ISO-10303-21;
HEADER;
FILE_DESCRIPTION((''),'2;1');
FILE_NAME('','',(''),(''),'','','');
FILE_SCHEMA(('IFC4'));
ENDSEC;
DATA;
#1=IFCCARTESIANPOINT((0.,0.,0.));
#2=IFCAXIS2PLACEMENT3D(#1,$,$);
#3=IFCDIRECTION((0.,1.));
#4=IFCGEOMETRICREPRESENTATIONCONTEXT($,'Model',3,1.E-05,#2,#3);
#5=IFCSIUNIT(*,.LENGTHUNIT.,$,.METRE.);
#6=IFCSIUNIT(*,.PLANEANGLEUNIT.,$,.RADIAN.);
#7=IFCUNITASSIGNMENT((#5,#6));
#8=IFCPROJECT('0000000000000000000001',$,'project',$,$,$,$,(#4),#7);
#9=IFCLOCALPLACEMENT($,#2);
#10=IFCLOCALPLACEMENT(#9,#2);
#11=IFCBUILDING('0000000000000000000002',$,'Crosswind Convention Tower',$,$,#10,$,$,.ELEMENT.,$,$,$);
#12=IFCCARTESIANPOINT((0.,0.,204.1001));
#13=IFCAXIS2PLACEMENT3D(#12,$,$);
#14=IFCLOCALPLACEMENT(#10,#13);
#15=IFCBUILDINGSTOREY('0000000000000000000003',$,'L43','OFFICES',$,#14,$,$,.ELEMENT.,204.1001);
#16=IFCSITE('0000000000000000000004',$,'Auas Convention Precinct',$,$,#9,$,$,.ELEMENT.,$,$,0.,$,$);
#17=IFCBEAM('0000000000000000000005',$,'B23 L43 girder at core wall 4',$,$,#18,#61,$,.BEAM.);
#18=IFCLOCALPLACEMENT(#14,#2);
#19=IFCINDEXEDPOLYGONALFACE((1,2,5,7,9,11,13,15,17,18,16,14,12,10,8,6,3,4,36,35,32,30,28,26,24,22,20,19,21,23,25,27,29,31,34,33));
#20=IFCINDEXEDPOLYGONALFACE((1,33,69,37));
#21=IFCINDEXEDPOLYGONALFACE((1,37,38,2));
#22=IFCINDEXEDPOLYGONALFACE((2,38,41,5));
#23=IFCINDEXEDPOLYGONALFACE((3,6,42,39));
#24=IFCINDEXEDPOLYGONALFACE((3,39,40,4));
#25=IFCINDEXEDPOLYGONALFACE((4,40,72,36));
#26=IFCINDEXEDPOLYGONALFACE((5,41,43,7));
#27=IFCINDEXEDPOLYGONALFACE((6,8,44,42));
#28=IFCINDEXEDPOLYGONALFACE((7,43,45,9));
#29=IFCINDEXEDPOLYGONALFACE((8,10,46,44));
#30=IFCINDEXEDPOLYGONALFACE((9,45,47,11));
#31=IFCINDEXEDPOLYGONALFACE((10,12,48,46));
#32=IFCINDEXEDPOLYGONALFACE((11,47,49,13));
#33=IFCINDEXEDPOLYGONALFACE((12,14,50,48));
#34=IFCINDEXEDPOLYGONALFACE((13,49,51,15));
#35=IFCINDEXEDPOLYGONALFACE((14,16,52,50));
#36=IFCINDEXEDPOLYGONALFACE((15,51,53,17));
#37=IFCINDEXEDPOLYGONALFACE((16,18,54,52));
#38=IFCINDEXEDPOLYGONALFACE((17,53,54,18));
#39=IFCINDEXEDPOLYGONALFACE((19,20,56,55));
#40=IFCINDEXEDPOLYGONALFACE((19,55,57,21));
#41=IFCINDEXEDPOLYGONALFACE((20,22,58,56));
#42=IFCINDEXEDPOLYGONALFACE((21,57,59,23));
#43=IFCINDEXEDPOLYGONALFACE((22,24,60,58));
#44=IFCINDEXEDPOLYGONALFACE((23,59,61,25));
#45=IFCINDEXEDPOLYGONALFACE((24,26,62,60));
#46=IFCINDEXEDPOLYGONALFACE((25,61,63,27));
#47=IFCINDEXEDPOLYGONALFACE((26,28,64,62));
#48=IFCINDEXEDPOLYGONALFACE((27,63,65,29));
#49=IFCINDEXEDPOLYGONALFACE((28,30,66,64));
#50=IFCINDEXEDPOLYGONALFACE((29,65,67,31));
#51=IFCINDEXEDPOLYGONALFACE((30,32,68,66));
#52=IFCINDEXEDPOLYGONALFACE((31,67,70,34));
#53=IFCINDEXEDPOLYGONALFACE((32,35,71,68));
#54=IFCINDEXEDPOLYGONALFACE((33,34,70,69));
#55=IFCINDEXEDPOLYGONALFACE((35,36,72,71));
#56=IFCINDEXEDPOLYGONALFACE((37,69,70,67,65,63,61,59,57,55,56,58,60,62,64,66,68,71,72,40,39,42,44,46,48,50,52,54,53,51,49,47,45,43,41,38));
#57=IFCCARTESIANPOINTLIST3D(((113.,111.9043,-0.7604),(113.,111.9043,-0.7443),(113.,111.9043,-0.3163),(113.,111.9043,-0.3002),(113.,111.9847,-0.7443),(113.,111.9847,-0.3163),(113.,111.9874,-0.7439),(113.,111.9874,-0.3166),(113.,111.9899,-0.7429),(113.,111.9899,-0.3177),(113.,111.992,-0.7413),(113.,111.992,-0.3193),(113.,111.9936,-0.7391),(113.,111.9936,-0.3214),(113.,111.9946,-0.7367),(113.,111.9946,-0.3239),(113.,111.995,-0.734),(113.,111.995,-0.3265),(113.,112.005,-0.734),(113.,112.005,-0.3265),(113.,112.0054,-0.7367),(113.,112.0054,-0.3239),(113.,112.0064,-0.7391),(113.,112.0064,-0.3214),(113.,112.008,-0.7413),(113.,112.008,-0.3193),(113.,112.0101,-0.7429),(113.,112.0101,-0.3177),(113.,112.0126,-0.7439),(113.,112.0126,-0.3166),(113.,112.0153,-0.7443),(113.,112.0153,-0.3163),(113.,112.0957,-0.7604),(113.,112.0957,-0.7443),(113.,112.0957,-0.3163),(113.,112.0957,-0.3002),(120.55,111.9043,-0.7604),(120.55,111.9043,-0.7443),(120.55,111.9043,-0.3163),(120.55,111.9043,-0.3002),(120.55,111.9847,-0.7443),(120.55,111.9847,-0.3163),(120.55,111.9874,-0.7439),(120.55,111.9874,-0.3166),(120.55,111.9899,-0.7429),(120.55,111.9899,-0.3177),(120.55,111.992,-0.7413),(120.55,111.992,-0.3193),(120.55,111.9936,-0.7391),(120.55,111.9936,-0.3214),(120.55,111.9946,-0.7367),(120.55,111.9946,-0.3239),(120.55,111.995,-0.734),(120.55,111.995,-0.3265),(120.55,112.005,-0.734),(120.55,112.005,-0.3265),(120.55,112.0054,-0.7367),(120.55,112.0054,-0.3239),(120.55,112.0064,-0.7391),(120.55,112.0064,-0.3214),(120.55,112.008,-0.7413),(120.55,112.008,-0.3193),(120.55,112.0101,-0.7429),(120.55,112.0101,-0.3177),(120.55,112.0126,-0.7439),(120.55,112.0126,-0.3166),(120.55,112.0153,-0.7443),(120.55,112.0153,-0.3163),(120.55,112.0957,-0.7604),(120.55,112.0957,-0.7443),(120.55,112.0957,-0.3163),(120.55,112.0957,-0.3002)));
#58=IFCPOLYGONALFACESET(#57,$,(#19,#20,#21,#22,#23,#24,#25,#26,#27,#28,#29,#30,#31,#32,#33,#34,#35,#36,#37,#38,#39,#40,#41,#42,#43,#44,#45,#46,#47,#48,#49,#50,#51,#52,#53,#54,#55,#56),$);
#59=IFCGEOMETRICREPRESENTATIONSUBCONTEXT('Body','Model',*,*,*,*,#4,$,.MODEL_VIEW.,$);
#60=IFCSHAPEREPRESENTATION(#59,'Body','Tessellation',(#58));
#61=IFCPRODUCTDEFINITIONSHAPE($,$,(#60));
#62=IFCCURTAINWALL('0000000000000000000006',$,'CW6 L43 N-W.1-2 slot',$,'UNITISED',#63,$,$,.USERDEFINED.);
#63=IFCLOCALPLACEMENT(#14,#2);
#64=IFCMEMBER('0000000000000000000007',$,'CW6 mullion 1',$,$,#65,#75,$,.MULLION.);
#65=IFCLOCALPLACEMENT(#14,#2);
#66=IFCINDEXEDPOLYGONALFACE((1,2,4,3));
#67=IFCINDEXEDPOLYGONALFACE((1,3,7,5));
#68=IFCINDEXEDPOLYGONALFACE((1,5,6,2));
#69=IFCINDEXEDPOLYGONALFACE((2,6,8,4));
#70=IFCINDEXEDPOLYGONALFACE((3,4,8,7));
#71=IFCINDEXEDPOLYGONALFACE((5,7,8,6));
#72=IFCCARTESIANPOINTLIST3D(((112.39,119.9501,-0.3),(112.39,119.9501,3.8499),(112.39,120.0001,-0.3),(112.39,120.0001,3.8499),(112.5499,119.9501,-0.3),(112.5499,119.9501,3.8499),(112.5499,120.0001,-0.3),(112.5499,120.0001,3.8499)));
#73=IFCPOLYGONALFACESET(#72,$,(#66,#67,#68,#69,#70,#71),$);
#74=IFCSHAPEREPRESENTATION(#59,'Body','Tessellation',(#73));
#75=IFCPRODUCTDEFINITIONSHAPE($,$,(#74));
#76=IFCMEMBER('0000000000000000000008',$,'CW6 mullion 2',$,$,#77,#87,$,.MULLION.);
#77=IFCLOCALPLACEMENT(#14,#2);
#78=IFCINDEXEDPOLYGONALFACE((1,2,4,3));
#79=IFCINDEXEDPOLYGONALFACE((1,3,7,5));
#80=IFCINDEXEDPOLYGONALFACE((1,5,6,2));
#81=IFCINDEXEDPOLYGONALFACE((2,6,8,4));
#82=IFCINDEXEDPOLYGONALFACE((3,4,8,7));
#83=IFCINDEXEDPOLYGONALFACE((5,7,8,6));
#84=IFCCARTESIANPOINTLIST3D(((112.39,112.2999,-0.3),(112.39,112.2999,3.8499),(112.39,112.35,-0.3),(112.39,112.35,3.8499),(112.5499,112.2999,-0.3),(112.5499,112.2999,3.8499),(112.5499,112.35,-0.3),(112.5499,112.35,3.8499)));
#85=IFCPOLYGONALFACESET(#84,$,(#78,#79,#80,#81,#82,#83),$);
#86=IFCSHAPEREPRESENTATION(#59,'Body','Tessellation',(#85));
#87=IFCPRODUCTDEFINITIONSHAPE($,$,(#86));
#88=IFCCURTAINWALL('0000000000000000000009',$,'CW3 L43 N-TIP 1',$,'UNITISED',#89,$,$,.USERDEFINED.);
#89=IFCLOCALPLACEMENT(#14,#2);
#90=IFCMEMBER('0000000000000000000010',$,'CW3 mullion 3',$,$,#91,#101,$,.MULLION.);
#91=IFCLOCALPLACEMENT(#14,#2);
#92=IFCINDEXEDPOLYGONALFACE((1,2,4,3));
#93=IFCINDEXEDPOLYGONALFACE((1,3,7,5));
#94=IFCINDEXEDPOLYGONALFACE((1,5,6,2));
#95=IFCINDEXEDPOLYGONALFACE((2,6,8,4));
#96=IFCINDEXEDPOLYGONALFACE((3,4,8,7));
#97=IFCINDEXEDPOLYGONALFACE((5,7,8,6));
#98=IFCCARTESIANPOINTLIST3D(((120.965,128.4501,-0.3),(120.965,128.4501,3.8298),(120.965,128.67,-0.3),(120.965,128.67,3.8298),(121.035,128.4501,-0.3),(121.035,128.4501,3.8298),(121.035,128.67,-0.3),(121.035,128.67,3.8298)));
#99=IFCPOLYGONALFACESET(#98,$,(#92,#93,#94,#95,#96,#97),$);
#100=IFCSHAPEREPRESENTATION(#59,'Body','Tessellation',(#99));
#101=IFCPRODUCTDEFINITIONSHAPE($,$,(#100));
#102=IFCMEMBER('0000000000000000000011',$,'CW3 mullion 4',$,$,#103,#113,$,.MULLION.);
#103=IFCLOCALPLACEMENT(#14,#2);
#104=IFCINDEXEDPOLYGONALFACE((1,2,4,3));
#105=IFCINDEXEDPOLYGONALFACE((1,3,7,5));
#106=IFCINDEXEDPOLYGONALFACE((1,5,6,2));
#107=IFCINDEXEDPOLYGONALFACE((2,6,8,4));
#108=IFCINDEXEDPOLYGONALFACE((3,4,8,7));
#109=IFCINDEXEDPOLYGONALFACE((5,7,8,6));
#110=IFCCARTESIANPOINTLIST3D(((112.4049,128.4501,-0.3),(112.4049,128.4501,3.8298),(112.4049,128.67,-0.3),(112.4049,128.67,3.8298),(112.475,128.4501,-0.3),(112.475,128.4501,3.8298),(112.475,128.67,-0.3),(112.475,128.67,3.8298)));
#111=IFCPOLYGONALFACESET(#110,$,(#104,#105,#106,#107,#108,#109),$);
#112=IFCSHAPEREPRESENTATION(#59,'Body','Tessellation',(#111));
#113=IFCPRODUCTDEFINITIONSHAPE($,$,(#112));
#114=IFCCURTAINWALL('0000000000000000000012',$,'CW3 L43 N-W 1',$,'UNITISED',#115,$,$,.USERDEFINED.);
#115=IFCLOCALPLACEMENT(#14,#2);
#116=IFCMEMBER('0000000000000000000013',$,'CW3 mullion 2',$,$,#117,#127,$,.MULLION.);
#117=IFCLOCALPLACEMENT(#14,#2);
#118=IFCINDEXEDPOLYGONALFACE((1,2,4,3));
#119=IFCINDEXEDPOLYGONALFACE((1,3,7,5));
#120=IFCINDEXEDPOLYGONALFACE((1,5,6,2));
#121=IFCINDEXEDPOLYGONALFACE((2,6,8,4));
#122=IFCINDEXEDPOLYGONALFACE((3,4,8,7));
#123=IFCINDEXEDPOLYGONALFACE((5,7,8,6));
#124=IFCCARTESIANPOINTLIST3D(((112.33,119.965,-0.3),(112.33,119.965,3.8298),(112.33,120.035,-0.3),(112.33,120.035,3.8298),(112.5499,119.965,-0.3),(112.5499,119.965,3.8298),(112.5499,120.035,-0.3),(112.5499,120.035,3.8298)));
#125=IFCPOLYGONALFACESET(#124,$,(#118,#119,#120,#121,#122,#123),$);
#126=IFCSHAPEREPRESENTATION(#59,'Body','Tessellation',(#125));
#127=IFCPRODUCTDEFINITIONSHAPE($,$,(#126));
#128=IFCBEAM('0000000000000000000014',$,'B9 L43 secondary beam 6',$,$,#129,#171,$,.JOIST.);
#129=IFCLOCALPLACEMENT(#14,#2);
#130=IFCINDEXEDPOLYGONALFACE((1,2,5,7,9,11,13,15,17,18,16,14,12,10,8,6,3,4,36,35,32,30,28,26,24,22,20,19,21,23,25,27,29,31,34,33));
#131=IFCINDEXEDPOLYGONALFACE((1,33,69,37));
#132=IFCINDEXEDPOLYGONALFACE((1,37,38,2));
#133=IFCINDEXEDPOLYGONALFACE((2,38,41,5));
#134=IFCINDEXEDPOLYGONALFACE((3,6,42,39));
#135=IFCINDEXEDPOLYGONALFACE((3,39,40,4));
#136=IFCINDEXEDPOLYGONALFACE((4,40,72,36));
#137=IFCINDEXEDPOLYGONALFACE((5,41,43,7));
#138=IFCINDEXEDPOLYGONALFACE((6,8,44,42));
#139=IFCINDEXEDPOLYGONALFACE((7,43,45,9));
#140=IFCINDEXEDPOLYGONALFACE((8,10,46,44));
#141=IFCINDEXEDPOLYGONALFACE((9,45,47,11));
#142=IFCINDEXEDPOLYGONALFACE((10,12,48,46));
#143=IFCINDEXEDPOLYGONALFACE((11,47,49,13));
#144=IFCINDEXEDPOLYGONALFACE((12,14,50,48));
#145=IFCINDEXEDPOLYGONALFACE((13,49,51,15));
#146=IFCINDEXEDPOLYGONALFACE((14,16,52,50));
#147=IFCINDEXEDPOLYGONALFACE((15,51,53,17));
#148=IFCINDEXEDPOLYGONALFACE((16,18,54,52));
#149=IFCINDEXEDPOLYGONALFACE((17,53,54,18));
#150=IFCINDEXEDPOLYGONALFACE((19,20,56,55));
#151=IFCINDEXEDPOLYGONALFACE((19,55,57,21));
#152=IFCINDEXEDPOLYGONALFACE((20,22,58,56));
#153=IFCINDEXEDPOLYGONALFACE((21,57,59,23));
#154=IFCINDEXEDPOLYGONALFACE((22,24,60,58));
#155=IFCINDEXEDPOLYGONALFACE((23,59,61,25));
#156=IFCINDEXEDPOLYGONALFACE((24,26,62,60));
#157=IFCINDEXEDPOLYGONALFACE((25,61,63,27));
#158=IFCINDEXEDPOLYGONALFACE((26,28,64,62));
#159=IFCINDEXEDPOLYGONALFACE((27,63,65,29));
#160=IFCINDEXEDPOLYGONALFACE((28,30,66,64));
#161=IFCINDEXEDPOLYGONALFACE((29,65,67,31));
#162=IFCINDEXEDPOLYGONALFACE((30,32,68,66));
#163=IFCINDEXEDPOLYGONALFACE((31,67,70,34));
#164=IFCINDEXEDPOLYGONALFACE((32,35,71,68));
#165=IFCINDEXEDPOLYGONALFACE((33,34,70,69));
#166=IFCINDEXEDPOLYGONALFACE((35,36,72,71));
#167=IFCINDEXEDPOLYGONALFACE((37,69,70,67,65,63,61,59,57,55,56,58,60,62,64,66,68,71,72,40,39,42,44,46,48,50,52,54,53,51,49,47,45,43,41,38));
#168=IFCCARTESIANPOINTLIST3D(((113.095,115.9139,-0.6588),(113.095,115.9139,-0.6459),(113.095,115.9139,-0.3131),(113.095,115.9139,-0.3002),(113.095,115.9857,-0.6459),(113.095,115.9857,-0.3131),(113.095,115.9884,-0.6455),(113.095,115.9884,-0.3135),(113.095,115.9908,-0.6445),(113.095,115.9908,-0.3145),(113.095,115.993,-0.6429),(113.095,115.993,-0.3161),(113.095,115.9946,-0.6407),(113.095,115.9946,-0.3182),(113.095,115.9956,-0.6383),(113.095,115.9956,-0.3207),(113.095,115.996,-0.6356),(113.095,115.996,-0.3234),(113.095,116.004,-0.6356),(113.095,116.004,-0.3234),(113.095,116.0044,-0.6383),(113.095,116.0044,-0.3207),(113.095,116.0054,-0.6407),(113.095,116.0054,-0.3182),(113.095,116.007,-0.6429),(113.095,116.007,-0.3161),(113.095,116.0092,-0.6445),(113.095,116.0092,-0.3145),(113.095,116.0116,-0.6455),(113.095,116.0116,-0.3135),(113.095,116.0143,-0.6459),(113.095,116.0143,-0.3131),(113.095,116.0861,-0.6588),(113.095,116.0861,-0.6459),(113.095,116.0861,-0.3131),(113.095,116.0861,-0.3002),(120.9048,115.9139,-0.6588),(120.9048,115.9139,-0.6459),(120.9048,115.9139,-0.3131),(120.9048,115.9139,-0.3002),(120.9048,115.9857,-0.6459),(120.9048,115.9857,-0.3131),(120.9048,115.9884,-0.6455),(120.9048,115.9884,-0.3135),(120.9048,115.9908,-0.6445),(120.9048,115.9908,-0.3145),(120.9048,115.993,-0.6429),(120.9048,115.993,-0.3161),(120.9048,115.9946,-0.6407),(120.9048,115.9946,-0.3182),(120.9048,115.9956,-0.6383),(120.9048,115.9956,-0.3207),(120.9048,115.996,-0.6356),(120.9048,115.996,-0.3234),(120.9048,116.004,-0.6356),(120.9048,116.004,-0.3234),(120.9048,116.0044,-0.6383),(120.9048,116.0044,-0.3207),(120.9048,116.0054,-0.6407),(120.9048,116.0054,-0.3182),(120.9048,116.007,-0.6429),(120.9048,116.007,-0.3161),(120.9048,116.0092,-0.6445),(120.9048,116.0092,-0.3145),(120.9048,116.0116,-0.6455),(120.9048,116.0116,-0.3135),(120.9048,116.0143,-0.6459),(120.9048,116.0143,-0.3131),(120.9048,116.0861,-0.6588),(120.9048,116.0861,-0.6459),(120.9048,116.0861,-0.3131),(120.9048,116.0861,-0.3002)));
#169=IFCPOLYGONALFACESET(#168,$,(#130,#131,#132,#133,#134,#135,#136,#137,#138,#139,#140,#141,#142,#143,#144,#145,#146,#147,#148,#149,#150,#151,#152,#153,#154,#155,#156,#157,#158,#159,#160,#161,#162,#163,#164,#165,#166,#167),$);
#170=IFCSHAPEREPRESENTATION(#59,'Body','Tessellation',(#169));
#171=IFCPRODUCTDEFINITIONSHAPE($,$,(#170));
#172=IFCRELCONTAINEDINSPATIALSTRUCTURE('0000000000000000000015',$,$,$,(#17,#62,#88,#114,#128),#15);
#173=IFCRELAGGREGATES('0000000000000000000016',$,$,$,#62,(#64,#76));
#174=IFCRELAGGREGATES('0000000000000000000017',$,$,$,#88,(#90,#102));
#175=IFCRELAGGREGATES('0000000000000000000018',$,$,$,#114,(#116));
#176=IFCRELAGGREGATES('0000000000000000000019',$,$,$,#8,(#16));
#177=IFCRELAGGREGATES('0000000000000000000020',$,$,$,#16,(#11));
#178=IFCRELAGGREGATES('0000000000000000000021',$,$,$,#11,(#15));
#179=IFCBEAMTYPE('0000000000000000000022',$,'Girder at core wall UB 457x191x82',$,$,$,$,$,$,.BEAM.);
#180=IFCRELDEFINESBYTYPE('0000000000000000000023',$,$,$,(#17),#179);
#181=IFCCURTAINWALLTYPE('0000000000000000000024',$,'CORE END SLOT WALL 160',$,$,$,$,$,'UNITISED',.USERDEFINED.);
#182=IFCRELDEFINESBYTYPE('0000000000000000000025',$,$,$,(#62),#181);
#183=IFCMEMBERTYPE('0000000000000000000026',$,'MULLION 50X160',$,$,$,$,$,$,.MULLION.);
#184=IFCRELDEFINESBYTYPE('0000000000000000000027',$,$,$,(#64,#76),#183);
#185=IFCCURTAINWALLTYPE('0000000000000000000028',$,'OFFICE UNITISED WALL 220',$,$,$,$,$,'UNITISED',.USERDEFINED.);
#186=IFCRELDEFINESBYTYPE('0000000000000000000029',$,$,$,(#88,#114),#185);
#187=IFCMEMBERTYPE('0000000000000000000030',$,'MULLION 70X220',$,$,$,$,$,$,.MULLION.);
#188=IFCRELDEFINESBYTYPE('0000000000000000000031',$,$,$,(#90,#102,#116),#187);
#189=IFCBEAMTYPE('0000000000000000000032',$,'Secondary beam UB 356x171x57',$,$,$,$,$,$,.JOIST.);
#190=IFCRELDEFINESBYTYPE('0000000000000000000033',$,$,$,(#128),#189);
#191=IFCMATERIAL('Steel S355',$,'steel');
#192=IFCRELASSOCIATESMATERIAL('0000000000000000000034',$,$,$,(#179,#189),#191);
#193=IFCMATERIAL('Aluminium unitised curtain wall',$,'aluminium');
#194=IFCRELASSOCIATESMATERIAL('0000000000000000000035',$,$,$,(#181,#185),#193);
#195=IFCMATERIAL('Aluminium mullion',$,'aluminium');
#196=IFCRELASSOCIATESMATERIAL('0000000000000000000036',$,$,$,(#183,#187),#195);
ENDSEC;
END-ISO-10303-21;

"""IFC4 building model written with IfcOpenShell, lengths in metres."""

from ifc_helpers import new_model, si_unit, direction, frame, origin, origin_2d, place, context, subcontext, project, spatial, rectangle, i_section, extrude, material, material_profile, profile_set, type_object, element, aggregate, save


model = new_model("IFC4")

# Units and contexts
model_context = context("Model", 3, precision=1e-05, world=origin(), true_north=direction((0.0, 1.0)))
body_context = subcontext(model_context, "Body", "Model", "MODEL_VIEW")
ifc_project = project(units=[si_unit("LENGTHUNIT", "METRE"), si_unit("PLANEANGLEUNIT", "RADIAN")], contexts=[model_context])

# Site, building, storey
site_placement = place(None, origin())
site = spatial("IfcSite", under=ifc_project, at=site_placement, Name="Auas Convention Precinct", CompositionType="ELEMENT", RefElevation=0.0)
building_placement = place(site_placement, origin())
building = spatial("IfcBuilding", under=site, at=building_placement, Name="Crosswind Convention Tower", CompositionType="ELEMENT")
storey_placement = place(building_placement, frame((0.0, 0.0, 204.1001)))
storey = spatial("IfcBuildingStorey", under=building, at=storey_placement, Name="L43", Description="OFFICES", CompositionType="ELEMENT", Elevation=204.1001)

# Beam
ifc_material_1 = material(Name="Steel S355", Category="steel")
ifc_material_profile_1 = material_profile(ifc_material_1, i_section(OverallWidth=0.1914, OverallDepth=0.4602, WebThickness=0.01, FlangeThickness=0.0161, FilletRadius=0.0103, at=origin_2d()), Name="UB 457x191x82")
ifc_profile_set_1 = profile_set([ifc_material_profile_1], Name="Steel S355")
beam_type_1 = type_object("IfcBeamType", Name="Girder at core wall UB 457x191x82", PredefinedType="BEAM", material=ifc_profile_set_1)
beam_1_placement = place(storey_placement, frame((113.0, 112.0, -0.5303), z_axis=(1.0, 0.0, 0.0), x_axis=(0.0, 1.0, 0.0)))
element("IfcBeam", 1, at=beam_1_placement, inside=storey, type_object=beam_type_1, Name="B23 L43 girder at core wall 4", PredefinedType="BEAM", context=body_context, shape_type="SweptSolid", body=[
    extrude(i_section(OverallWidth=0.1914, OverallDepth=0.4602, WebThickness=0.01, FlangeThickness=0.0161, FilletRadius=0.0103, at=origin_2d()), origin(), (0.0, 0.0, 1.0), 7.55),
])

# Curtain walls, members
ifc_material_2 = material(Name="Aluminium unitised curtain wall", Category="aluminium")
curtain_wall_type_1 = type_object("IfcCurtainWallType", Name="CORE END SLOT WALL 160", ElementType="UNITISED", PredefinedType="USERDEFINED", material=ifc_material_2)
curtain_wall_1_placement = place(storey_placement, origin())
curtain_wall_1 = element("IfcCurtainWall", 2, at=curtain_wall_1_placement, inside=storey, type_object=curtain_wall_type_1, Name="CW6 L43 N-W.1-2 slot", ObjectType="UNITISED", PredefinedType="USERDEFINED")
ifc_material_3 = material(Name="Aluminium mullion", Category="aluminium")
ifc_material_profile_2 = material_profile(ifc_material_3, rectangle(XDim=0.1599, YDim=0.05, at=origin_2d()), Name="AL 160X50")
ifc_profile_set_2 = profile_set([ifc_material_profile_2], Name="Aluminium mullion")
member_type_1 = type_object("IfcMemberType", Name="MULLION 50X160", PredefinedType="MULLION", material=ifc_profile_set_2)
member_1_placement = place(storey_placement, frame((112.47, 119.9751, -0.3), z_axis=(0.0, 0.0, 1.0), x_axis=(-1.0, 0.0, 0.0)))
member_1 = element("IfcMember", 3, at=member_1_placement, type_object=member_type_1, Name="CW6 mullion 1", PredefinedType="MULLION", context=body_context, shape_type="SweptSolid", body=[
    extrude(rectangle(XDim=0.1599, YDim=0.05, at=origin_2d()), origin(), (0.0, 0.0, 1.0), 4.1499),
])
member_2_placement = place(storey_placement, frame((112.47, 112.325, -0.3), z_axis=(0.0, 0.0, 1.0), x_axis=(-1.0, 0.0, 0.0)))
member_2 = element("IfcMember", 4, at=member_2_placement, type_object=member_type_1, Name="CW6 mullion 2", PredefinedType="MULLION", context=body_context, shape_type="SweptSolid", body=[
    extrude(rectangle(XDim=0.1599, YDim=0.05, at=origin_2d()), origin(), (0.0, 0.0, 1.0), 4.1499),
])
curtain_wall_type_2 = type_object("IfcCurtainWallType", Name="OFFICE UNITISED WALL 220", ElementType="UNITISED", PredefinedType="USERDEFINED", material=ifc_material_2)
curtain_wall_2_placement = place(storey_placement, origin())
curtain_wall_2 = element("IfcCurtainWall", 5, at=curtain_wall_2_placement, inside=storey, type_object=curtain_wall_type_2, Name="CW3 L43 N-TIP 1", ObjectType="UNITISED", PredefinedType="USERDEFINED")
ifc_material_profile_3 = material_profile(ifc_material_3, rectangle(XDim=0.22, YDim=0.0701, at=origin_2d()), Name="AL 220X70")
ifc_profile_set_3 = profile_set([ifc_material_profile_3], Name="Aluminium mullion")
member_type_2 = type_object("IfcMemberType", Name="MULLION 70X220", PredefinedType="MULLION", material=ifc_profile_set_3)
member_3_placement = place(storey_placement, frame((121.0, 128.5601, -0.3), z_axis=(0.0, 0.0, 1.0), x_axis=(0.0, 1.0, 0.0)))
member_3 = element("IfcMember", 6, at=member_3_placement, type_object=member_type_2, Name="CW3 mullion 3", PredefinedType="MULLION", context=body_context, shape_type="SweptSolid", body=[
    extrude(rectangle(XDim=0.22, YDim=0.0701, at=origin_2d()), origin(), (0.0, 0.0, 1.0), 4.1299),
])
member_4_placement = place(storey_placement, frame((112.4399, 128.5601, -0.3), z_axis=(0.0, 0.0, 1.0), x_axis=(0.0, 1.0, 0.0)))
member_4 = element("IfcMember", 7, at=member_4_placement, type_object=member_type_2, Name="CW3 mullion 4", PredefinedType="MULLION", context=body_context, shape_type="SweptSolid", body=[
    extrude(rectangle(XDim=0.22, YDim=0.0701, at=origin_2d()), origin(), (0.0, 0.0, 1.0), 4.1299),
])

# Curtain wall, member
curtain_wall_3_placement = place(storey_placement, origin())
curtain_wall_3 = element("IfcCurtainWall", 8, at=curtain_wall_3_placement, inside=storey, type_object=curtain_wall_type_2, Name="CW3 L43 N-W 1", ObjectType="UNITISED", PredefinedType="USERDEFINED")
member_5_placement = place(storey_placement, frame((112.4399, 120.0, -0.3), z_axis=(0.0, 0.0, 1.0), x_axis=(-1.0, 0.0, 0.0)))
member_5 = element("IfcMember", 9, at=member_5_placement, type_object=member_type_2, Name="CW3 mullion 2", PredefinedType="MULLION", context=body_context, shape_type="SweptSolid", body=[
    extrude(rectangle(XDim=0.22, YDim=0.0701, at=origin_2d()), origin(), (0.0, 0.0, 1.0), 4.1299),
])

# Beam
ifc_material_profile_4 = material_profile(ifc_material_1, i_section(OverallWidth=0.1721, OverallDepth=0.3586, WebThickness=0.0081, FlangeThickness=0.0129, FilletRadius=0.0103, at=origin_2d()), Name="UB 356x171x57")
ifc_profile_set_4 = profile_set([ifc_material_profile_4], Name="Steel S355")
beam_type_2 = type_object("IfcBeamType", Name="Secondary beam UB 356x171x57", PredefinedType="JOIST", material=ifc_profile_set_4)
for number, where, z_axis, x_axis, name in (
    (10, (113.095, 116.0, -0.4795), (1.0, 0.0, 0.0), (0.0, 1.0, 0.0), "B9 L43 secondary beam 6"),
):
    element("IfcBeam", number, at=place(storey_placement, frame(where, z_axis=z_axis, x_axis=x_axis)), inside=storey, type_object=beam_type_2, Name=name, PredefinedType="JOIST", context=body_context, shape_type="SweptSolid", body=[
        extrude(i_section(OverallWidth=0.1721, OverallDepth=0.3586, WebThickness=0.0081, FlangeThickness=0.0129, FilletRadius=0.0103, at=origin_2d()), origin(), (0.0, 0.0, 1.0), 7.8098),
    ])

aggregate(curtain_wall_1, [member_1, member_2])
aggregate(curtain_wall_2, [member_3, member_4])

aggregate(curtain_wall_3, [member_5])

save(model, "model.ifc")
